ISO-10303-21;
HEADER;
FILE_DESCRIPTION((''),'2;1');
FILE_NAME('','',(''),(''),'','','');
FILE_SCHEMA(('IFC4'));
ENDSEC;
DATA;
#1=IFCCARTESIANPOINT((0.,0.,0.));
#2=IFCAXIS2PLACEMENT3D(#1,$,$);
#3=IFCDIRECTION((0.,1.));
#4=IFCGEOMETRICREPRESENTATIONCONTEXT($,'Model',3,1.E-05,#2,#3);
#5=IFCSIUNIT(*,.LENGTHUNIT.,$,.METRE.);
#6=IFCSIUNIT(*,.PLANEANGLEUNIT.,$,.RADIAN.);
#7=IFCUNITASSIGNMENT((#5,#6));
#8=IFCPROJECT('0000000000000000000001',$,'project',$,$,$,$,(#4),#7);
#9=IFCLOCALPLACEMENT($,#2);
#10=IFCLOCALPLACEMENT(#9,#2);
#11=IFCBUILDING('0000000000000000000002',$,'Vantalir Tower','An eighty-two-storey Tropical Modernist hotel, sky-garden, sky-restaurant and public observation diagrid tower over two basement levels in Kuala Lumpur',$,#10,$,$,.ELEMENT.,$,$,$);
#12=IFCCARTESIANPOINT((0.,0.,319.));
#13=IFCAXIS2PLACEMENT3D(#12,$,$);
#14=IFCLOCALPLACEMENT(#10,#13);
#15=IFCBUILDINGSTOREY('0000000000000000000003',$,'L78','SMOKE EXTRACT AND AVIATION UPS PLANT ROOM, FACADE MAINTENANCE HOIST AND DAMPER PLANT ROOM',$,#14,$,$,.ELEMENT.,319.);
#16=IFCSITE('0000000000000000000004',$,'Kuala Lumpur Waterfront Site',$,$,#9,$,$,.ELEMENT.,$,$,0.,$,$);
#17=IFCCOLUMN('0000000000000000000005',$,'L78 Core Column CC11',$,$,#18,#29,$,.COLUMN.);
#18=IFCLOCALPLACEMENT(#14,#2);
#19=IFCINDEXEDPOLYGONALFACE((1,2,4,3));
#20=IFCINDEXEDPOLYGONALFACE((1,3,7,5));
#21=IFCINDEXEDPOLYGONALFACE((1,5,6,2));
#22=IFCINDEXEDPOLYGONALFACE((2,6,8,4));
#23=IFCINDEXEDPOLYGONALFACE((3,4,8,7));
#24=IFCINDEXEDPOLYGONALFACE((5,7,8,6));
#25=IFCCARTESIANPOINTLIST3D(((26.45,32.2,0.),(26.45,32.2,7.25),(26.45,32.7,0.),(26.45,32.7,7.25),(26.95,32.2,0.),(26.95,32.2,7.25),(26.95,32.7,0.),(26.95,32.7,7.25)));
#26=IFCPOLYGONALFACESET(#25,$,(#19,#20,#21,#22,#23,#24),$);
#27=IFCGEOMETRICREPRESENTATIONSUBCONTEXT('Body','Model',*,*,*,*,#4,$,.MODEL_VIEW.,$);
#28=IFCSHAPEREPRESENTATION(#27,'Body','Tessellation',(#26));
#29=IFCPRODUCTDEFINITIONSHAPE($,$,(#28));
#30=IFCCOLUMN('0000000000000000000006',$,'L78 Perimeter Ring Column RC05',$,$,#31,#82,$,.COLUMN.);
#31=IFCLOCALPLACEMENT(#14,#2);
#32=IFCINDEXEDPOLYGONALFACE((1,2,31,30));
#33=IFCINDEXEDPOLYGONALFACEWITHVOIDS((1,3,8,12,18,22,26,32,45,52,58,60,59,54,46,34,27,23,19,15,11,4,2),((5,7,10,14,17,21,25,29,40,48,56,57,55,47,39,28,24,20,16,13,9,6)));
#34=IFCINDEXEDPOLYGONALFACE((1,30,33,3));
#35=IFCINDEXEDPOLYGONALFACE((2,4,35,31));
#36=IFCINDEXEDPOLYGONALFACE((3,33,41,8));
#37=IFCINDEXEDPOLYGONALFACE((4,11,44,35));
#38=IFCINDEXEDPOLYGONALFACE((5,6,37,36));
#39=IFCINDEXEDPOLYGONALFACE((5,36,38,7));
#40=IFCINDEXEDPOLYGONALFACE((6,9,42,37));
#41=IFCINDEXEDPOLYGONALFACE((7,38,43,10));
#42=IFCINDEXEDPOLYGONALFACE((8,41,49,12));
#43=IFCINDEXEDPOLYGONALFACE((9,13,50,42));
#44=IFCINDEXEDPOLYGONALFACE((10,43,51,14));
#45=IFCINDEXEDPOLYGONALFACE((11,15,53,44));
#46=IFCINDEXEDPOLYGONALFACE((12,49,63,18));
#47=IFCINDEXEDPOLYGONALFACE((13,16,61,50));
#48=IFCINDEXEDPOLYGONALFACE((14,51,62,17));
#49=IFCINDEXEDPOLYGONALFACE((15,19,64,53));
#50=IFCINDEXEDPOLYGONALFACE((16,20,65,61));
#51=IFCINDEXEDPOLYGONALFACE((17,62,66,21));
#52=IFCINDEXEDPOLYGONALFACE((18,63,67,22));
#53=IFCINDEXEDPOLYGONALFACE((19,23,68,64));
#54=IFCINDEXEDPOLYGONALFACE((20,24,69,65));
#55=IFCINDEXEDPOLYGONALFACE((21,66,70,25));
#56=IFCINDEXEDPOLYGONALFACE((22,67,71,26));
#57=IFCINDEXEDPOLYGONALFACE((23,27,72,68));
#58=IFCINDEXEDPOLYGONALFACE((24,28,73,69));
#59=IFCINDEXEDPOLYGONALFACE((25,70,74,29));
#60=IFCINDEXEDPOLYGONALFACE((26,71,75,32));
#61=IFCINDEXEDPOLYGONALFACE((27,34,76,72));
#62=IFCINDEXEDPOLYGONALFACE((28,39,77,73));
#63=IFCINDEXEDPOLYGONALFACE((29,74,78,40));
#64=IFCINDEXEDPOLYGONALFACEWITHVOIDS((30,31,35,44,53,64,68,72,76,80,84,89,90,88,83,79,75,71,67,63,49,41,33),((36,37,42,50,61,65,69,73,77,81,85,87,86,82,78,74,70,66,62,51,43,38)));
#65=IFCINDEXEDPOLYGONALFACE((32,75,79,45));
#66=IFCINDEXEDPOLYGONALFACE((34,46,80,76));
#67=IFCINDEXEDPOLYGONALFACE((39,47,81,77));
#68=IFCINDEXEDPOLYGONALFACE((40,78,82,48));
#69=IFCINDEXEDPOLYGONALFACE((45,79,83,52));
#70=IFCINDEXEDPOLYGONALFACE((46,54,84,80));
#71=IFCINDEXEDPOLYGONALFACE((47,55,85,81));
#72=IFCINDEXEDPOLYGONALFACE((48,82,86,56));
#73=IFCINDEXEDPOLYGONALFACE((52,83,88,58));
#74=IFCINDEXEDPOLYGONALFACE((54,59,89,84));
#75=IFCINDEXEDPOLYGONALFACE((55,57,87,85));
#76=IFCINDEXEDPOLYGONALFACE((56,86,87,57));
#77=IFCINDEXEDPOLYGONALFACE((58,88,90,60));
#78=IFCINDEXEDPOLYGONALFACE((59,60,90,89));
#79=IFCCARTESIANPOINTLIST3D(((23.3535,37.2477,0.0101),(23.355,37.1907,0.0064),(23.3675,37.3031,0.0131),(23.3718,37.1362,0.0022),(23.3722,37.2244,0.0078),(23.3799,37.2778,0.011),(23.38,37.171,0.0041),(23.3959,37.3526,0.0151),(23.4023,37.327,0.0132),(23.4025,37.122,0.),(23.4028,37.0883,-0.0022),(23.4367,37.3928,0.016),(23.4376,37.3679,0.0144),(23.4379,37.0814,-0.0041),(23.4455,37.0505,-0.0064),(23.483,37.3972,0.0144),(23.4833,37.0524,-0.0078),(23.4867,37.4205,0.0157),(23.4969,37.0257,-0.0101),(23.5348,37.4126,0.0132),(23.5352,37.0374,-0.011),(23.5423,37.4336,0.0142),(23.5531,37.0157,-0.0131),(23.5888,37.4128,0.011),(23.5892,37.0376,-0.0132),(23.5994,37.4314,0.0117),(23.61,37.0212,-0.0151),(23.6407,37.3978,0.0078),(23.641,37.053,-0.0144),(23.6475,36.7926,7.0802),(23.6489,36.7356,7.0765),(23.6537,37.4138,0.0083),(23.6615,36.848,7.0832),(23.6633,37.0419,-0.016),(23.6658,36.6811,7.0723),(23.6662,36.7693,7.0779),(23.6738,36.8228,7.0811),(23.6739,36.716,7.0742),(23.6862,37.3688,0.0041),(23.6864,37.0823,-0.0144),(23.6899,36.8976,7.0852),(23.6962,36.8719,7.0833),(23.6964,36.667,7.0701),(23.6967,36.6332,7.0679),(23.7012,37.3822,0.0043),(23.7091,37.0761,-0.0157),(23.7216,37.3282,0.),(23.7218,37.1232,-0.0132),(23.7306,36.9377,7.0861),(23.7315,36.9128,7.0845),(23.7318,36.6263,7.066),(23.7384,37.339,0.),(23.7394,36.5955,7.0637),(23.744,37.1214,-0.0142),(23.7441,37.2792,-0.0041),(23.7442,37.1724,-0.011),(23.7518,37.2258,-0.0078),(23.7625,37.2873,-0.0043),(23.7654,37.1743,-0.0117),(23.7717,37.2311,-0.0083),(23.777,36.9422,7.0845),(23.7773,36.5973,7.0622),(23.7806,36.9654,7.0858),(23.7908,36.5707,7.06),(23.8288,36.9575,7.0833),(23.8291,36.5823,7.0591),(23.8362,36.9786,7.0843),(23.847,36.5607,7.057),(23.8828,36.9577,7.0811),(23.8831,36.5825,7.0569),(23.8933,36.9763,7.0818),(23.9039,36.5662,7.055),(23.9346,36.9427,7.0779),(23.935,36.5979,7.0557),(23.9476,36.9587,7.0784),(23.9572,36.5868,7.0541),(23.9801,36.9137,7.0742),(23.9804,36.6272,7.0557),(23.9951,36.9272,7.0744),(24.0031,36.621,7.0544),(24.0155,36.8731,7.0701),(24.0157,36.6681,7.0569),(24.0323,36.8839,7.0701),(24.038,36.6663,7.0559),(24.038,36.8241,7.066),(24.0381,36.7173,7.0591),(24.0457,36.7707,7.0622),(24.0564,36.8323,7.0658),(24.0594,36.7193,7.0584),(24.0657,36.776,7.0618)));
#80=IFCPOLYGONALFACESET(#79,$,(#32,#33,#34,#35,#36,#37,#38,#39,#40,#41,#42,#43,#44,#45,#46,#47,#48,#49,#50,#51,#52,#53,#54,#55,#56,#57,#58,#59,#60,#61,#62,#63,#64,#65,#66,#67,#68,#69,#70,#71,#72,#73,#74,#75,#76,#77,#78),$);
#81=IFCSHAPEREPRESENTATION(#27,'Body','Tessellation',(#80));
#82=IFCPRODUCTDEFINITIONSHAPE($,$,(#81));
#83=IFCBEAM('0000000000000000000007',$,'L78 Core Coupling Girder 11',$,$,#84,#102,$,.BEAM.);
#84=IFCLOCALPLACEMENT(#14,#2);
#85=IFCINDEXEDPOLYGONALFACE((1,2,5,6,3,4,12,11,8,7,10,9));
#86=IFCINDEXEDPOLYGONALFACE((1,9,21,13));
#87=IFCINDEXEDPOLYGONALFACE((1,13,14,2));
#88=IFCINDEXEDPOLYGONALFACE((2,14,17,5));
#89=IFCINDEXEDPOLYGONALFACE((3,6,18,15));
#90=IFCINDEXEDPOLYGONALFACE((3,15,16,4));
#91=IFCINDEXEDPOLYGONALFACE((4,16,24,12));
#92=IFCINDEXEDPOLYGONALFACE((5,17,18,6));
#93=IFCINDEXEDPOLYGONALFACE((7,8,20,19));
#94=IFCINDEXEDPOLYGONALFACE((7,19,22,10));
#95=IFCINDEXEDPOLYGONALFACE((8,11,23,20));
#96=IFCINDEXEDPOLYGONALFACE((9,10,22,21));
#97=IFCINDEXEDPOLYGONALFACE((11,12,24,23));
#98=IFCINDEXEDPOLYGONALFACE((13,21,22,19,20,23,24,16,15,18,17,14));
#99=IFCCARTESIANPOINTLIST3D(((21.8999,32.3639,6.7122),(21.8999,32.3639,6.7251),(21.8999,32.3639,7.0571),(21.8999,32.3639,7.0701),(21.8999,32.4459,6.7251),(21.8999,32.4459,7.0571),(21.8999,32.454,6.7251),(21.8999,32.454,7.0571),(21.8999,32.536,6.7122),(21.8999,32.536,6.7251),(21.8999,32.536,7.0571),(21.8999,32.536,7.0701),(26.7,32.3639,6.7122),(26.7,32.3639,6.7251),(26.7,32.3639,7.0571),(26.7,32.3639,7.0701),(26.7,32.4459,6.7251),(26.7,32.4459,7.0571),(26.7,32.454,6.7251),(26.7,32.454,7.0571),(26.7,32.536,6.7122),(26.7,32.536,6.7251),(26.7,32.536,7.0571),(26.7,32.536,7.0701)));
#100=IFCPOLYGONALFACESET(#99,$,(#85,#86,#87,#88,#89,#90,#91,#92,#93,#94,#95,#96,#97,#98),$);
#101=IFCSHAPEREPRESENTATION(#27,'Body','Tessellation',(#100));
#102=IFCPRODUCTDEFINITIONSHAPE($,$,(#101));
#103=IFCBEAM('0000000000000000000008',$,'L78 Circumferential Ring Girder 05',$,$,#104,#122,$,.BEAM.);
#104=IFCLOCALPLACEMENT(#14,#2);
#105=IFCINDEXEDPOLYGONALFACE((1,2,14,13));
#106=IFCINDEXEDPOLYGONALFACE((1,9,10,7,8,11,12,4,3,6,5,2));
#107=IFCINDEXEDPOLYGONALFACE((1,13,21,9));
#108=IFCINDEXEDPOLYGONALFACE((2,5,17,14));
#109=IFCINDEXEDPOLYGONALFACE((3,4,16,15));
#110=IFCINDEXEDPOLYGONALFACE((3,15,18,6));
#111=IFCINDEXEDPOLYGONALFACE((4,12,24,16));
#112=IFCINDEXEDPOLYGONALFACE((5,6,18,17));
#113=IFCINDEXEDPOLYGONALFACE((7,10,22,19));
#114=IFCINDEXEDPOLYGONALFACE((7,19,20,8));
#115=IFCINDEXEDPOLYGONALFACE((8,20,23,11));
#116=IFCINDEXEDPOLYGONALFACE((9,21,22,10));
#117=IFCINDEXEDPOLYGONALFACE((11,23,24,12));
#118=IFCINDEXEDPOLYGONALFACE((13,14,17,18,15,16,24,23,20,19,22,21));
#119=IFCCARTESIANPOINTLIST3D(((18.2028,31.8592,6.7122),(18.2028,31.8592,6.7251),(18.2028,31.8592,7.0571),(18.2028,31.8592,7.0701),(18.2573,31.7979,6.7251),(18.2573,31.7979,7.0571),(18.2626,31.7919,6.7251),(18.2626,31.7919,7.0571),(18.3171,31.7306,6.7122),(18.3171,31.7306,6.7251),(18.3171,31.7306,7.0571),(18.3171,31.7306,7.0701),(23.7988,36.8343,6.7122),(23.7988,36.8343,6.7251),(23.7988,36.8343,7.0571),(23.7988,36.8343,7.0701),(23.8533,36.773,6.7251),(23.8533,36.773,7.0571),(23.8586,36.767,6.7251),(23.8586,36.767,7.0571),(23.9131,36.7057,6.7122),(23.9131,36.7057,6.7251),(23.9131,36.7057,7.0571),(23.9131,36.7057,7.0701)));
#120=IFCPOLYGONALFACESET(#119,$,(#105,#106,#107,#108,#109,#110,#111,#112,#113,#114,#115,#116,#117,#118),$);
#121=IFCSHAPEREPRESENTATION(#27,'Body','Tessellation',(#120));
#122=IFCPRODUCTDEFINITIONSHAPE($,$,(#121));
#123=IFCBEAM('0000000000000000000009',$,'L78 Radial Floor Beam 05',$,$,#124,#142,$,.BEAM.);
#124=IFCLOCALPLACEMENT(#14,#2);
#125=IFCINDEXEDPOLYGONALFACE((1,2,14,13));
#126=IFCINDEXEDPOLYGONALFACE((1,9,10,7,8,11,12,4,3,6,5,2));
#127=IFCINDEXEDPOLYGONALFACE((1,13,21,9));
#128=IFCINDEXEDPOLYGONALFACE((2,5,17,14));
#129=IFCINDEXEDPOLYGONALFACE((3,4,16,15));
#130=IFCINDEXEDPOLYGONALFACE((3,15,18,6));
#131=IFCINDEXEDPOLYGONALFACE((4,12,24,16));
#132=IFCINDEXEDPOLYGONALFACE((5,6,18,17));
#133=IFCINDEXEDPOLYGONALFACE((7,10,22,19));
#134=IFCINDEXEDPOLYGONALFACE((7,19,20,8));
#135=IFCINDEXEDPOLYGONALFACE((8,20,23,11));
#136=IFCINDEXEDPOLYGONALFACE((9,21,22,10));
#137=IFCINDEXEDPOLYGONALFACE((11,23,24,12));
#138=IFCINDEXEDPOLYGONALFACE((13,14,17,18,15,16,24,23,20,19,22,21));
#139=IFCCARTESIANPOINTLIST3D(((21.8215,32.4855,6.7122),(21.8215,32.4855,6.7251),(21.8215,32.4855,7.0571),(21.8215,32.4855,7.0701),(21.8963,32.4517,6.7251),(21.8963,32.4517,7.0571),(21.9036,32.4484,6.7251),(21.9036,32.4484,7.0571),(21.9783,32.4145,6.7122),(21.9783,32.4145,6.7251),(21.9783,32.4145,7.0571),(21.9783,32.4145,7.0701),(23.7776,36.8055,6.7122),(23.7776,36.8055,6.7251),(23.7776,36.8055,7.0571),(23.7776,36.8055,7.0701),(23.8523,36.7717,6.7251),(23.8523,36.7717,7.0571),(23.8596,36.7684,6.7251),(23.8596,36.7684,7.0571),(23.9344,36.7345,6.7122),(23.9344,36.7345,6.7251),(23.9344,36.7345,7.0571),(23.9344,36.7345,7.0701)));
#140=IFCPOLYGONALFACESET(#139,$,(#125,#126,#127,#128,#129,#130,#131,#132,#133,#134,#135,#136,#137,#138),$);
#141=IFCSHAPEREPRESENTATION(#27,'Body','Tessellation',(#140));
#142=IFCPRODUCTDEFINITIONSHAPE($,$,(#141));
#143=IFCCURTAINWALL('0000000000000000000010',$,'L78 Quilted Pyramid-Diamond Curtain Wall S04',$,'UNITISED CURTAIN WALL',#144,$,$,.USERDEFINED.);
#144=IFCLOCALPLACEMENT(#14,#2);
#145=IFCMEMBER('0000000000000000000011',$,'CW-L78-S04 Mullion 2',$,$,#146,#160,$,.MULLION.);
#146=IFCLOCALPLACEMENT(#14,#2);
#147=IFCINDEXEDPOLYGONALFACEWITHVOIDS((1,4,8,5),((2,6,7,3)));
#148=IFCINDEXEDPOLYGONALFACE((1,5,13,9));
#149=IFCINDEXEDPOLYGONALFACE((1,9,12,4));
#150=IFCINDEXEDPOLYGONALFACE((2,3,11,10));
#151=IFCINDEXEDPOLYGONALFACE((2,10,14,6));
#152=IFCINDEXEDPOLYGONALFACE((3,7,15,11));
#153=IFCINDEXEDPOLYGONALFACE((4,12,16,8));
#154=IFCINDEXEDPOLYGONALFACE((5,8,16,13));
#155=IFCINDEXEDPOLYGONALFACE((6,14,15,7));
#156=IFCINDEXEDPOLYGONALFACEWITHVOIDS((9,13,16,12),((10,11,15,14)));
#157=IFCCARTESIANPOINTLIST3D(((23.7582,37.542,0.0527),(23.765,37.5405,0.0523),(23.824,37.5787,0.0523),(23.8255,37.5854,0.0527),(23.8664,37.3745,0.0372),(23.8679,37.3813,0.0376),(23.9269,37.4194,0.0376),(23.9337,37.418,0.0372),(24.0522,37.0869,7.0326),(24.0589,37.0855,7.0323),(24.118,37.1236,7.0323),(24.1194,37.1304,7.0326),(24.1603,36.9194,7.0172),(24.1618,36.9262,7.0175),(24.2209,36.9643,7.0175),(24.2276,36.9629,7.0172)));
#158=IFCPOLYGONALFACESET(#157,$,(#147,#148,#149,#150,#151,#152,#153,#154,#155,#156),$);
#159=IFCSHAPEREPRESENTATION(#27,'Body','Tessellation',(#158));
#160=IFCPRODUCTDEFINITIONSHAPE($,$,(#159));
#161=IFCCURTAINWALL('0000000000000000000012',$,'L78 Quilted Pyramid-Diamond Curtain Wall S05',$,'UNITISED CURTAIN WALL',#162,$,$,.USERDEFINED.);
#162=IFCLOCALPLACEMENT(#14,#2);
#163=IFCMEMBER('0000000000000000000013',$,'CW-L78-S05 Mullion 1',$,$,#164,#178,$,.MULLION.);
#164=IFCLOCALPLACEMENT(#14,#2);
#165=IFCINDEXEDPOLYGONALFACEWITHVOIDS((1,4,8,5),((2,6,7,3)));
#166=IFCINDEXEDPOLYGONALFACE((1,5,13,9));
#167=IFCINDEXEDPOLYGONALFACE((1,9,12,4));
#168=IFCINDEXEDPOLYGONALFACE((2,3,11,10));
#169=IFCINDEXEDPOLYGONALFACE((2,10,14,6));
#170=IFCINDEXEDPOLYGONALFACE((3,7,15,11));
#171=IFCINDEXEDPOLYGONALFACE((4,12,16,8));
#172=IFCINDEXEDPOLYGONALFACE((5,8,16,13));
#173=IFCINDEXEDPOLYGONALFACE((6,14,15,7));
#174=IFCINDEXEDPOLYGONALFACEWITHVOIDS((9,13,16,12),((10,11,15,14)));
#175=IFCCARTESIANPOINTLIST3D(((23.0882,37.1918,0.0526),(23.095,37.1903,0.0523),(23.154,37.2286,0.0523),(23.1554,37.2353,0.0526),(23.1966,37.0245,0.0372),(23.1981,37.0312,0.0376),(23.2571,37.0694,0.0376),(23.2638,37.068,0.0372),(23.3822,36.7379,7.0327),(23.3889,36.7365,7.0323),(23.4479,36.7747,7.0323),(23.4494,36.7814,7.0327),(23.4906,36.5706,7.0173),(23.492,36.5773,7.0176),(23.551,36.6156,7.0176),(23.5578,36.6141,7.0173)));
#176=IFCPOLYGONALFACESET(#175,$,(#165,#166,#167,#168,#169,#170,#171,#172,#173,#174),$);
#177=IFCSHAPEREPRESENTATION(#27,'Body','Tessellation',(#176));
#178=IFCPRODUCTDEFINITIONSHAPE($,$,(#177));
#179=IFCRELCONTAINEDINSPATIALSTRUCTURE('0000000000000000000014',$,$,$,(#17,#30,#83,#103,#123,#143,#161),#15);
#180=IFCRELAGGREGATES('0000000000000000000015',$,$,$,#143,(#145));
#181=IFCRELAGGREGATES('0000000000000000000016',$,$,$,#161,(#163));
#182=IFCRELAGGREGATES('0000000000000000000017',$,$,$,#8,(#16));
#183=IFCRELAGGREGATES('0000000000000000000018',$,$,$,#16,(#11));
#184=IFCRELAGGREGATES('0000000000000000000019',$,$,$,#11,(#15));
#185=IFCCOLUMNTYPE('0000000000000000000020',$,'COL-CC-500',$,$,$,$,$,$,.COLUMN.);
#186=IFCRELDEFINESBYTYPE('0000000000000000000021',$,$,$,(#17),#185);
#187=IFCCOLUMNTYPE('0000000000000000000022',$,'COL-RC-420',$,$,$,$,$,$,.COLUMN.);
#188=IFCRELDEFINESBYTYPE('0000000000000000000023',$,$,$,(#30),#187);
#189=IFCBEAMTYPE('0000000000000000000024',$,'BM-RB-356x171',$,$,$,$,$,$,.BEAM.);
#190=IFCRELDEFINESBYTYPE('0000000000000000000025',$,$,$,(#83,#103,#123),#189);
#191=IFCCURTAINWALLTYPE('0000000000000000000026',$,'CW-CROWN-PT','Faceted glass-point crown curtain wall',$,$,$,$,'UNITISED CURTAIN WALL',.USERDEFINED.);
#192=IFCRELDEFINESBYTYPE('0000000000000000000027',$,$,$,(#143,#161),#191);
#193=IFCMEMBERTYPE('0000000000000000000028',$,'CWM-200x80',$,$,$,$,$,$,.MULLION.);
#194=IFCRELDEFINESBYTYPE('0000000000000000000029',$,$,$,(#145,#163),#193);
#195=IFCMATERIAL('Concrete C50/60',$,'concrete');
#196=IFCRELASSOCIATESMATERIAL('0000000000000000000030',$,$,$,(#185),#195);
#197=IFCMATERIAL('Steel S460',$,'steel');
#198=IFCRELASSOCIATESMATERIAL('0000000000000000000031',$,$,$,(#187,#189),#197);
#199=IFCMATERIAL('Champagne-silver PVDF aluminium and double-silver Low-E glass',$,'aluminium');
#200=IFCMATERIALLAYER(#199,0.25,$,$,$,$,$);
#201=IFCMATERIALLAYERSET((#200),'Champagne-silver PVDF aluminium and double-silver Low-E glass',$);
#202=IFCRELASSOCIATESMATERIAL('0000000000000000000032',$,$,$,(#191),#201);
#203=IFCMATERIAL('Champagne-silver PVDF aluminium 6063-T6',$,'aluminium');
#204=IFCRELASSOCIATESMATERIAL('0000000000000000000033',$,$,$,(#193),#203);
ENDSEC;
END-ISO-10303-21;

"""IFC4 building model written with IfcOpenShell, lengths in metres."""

from ifc_helpers import new_model, si_unit, direction, frame, origin, origin_2d, place, context, subcontext, project, spatial, rectangle, hollow_rectangle, hollow_circle, i_section, extrude, material, layer, layer_set, material_profile, profile_set, type_object, element, aggregate, save


model = new_model("IFC4")

# Units and contexts
model_context = context("Model", 3, precision=1e-05, world=origin(), true_north=direction((0.0, 1.0)))
body_context = subcontext(model_context, "Body", "Model", "MODEL_VIEW")
ifc_project = project(units=[si_unit("LENGTHUNIT", "METRE"), si_unit("PLANEANGLEUNIT", "RADIAN")], contexts=[model_context])

# Site, building, storey
site_placement = place(None, origin())
site = spatial("IfcSite", under=ifc_project, at=site_placement, Name="Kuala Lumpur Waterfront Site", CompositionType="ELEMENT", RefElevation=0.0)
building_placement = place(site_placement, origin())
building = spatial("IfcBuilding", under=site, at=building_placement, Name="Vantalir Tower", Description="An eighty-two-storey Tropical Modernist hotel, sky-garden, sky-restaurant and public observation diagrid tower over two basement levels in Kuala Lumpur", CompositionType="ELEMENT")
storey_placement = place(building_placement, frame((0.0, 0.0, 319.0)))
storey = spatial("IfcBuildingStorey", under=building, at=storey_placement, Name="L78", Description="SMOKE EXTRACT AND AVIATION UPS PLANT ROOM, FACADE MAINTENANCE HOIST AND DAMPER PLANT ROOM", CompositionType="ELEMENT", Elevation=319.0)

# Columns
ifc_material_1 = material(Name="Concrete C50/60", Category="concrete")
ifc_material_profile_1 = material_profile(ifc_material_1, rectangle(XDim=0.5, YDim=0.5, at=origin_2d()), Name="Concrete C50/60")
ifc_profile_set_1 = profile_set([ifc_material_profile_1], Name="Concrete C50/60")
column_type_1 = type_object("IfcColumnType", Name="COL-CC-500", PredefinedType="COLUMN", material=ifc_profile_set_1)
column_1_placement = place(storey_placement, frame((26.7, 32.45, 0.0), z_axis=(0.0, 0.0, 1.0), x_axis=(1.0, 0.0, 0.0)))
element("IfcColumn", 1, at=column_1_placement, inside=storey, type_object=column_type_1, Name="L78 Core Column CC11", PredefinedType="COLUMN", context=body_context, shape_type="SweptSolid", body=[
    extrude(rectangle(XDim=0.5, YDim=0.5, at=origin_2d()), origin(), (0.0, 0.0, 1.0), 7.25),
])
ifc_material_2 = material(Name="Steel S460", Category="steel")
ifc_material_profile_2 = material_profile(ifc_material_2, hollow_circle(Radius=0.21, WallThickness=0.02, at=origin_2d()), Name="Steel S460")
ifc_profile_set_2 = profile_set([ifc_material_profile_2], Name="Steel S460")
column_type_2 = type_object("IfcColumnType", Name="COL-RC-420", PredefinedType="COLUMN", material=ifc_profile_set_2)
column_2_placement = place(storey_placement, frame((23.562, 37.2251, 0.0), z_axis=(0.041454, -0.064179, 0.997077), x_axis=(0.840005, 0.542578, 0.0)))
element("IfcColumn", 2, at=column_2_placement, inside=storey, type_object=column_type_2, Name="L78 Perimeter Ring Column RC05", PredefinedType="COLUMN", context=body_context, shape_type="SweptSolid", body=[
    extrude(hollow_circle(Radius=0.21, WallThickness=0.02, at=origin_2d()), origin(), (0.0, 0.0, 1.0), 7.0908),
])

# Beams
ifc_material_profile_3 = material_profile(ifc_material_2, i_section(OverallWidth=0.1721, OverallDepth=0.3579, WebThickness=0.0081, FlangeThickness=0.0129, at=origin_2d()), Name="Steel S460")
ifc_profile_set_3 = profile_set([ifc_material_profile_3], Name="Steel S460")
beam_type = type_object("IfcBeamType", Name="BM-RB-356x171", PredefinedType="BEAM", material=ifc_profile_set_3)
beam_1_placement = place(storey_placement, frame((26.7, 32.45, 6.8911), z_axis=(-1.0, 0.0, 0.0), x_axis=(0.0, -1.0, 0.0)))
element("IfcBeam", 3, at=beam_1_placement, inside=storey, type_object=beam_type, Name="L78 Core Coupling Girder 11", PredefinedType="BEAM", context=body_context, shape_type="SweptSolid", body=[
    extrude(i_section(OverallWidth=0.1721, OverallDepth=0.3579, WebThickness=0.0081, FlangeThickness=0.0129, at=origin_2d()), origin(), (0.0, 0.0, 1.0), 4.8),
])
beam_2_placement = place(storey_placement, frame((23.856, 36.77, 6.8911), z_axis=(-0.747348, -0.664433, 0.0), x_axis=(0.664433, -0.747348, 0.0)))
element("IfcBeam", 4, at=beam_2_placement, inside=storey, type_object=beam_type, Name="L78 Circumferential Ring Girder 05", PredefinedType="BEAM", context=body_context, shape_type="SweptSolid", body=[
    extrude(i_section(OverallWidth=0.1721, OverallDepth=0.3579, WebThickness=0.0081, FlangeThickness=0.0129, at=origin_2d()), origin(), (0.0, 0.0, 1.0), 7.4878),
])
beam_3_placement = place(storey_placement, frame((23.856, 36.77, 6.8911), z_axis=(-0.412472, -0.91097, 0.0), x_axis=(0.91097, -0.412472, 0.0)))
element("IfcBeam", 5, at=beam_3_placement, inside=storey, type_object=beam_type, Name="L78 Radial Floor Beam 05", PredefinedType="BEAM", context=body_context, shape_type="SweptSolid", body=[
    extrude(i_section(OverallWidth=0.1721, OverallDepth=0.3579, WebThickness=0.0081, FlangeThickness=0.0129, at=origin_2d()), origin(), (0.0, 0.0, 1.0), 4.7422),
])

# Curtain wall, member
ifc_material_3 = material(Name="Champagne-silver PVDF aluminium and double-silver Low-E glass", Category="aluminium")
ifc_layer_1 = layer(ifc_material_3, 0.25)
ifc_layer_set_1 = layer_set([ifc_layer_1], Name="Champagne-silver PVDF aluminium and double-silver Low-E glass")
curtain_wall_type = type_object("IfcCurtainWallType", Name="CW-CROWN-PT", Description="Faceted glass-point crown curtain wall", ElementType="UNITISED CURTAIN WALL", PredefinedType="USERDEFINED", material=ifc_layer_set_1)
curtain_wall_1_placement = place(storey_placement, origin())
curtain_wall_1 = element("IfcCurtainWall", 6, at=curtain_wall_1_placement, inside=storey, type_object=curtain_wall_type, Name="L78 Quilted Pyramid-Diamond Curtain Wall S04", ObjectType="UNITISED CURTAIN WALL", PredefinedType="USERDEFINED")
ifc_material_4 = material(Name="Champagne-silver PVDF aluminium 6063-T6", Category="aluminium")
ifc_material_profile_4 = material_profile(ifc_material_4, hollow_rectangle(XDim=0.0801, YDim=0.2, WallThickness=0.0049, at=origin_2d()), Name="Champagne-silver PVDF aluminium 6063-T6")
ifc_profile_set_4 = profile_set([ifc_material_profile_4], Name="Champagne-silver PVDF aluminium 6063-T6")
member_type_1 = type_object("IfcMemberType", Name="CWM-200x80", PredefinedType="MULLION", material=ifc_profile_set_4)
member_1_placement = place(storey_placement, frame((23.8459, 37.48, 0.0449), z_axis=(0.041986, -0.065002, 0.997001), x_axis=(0.840005, 0.542578, 0.0)))
member_1 = element("IfcMember", 7, at=member_1_placement, type_object=member_type_1, Name="CW-L78-S04 Mullion 2", PredefinedType="MULLION", context=body_context, shape_type="SweptSolid", body=[
    extrude(hollow_rectangle(XDim=0.0801, YDim=0.2, WallThickness=0.0049, at=origin_2d()), origin(), (0.0, 0.0, 1.0), 7.001),
])

# Curtain wall, member
curtain_wall_2_placement = place(storey_placement, origin())
curtain_wall_2 = element("IfcCurtainWall", 8, at=curtain_wall_2_placement, inside=storey, type_object=curtain_wall_type, Name="L78 Quilted Pyramid-Diamond Curtain Wall S05", ObjectType="UNITISED CURTAIN WALL", PredefinedType="USERDEFINED")
member_2_placement = place(storey_placement, frame((23.176, 37.1299, 0.0449), z_axis=(0.041987, -0.064828, 0.997013), x_axis=(0.83934, 0.543607, 0.0)))
member_2 = element("IfcMember", 9, at=member_2_placement, type_object=member_type_1, Name="CW-L78-S05 Mullion 1", PredefinedType="MULLION", context=body_context, shape_type="SweptSolid", body=[
    extrude(hollow_rectangle(XDim=0.0801, YDim=0.2, WallThickness=0.0049, at=origin_2d()), origin(), (0.0, 0.0, 1.0), 7.001),
])

aggregate(curtain_wall_1, [member_1])
aggregate(curtain_wall_2, [member_2])

save(model, "model.ifc")
